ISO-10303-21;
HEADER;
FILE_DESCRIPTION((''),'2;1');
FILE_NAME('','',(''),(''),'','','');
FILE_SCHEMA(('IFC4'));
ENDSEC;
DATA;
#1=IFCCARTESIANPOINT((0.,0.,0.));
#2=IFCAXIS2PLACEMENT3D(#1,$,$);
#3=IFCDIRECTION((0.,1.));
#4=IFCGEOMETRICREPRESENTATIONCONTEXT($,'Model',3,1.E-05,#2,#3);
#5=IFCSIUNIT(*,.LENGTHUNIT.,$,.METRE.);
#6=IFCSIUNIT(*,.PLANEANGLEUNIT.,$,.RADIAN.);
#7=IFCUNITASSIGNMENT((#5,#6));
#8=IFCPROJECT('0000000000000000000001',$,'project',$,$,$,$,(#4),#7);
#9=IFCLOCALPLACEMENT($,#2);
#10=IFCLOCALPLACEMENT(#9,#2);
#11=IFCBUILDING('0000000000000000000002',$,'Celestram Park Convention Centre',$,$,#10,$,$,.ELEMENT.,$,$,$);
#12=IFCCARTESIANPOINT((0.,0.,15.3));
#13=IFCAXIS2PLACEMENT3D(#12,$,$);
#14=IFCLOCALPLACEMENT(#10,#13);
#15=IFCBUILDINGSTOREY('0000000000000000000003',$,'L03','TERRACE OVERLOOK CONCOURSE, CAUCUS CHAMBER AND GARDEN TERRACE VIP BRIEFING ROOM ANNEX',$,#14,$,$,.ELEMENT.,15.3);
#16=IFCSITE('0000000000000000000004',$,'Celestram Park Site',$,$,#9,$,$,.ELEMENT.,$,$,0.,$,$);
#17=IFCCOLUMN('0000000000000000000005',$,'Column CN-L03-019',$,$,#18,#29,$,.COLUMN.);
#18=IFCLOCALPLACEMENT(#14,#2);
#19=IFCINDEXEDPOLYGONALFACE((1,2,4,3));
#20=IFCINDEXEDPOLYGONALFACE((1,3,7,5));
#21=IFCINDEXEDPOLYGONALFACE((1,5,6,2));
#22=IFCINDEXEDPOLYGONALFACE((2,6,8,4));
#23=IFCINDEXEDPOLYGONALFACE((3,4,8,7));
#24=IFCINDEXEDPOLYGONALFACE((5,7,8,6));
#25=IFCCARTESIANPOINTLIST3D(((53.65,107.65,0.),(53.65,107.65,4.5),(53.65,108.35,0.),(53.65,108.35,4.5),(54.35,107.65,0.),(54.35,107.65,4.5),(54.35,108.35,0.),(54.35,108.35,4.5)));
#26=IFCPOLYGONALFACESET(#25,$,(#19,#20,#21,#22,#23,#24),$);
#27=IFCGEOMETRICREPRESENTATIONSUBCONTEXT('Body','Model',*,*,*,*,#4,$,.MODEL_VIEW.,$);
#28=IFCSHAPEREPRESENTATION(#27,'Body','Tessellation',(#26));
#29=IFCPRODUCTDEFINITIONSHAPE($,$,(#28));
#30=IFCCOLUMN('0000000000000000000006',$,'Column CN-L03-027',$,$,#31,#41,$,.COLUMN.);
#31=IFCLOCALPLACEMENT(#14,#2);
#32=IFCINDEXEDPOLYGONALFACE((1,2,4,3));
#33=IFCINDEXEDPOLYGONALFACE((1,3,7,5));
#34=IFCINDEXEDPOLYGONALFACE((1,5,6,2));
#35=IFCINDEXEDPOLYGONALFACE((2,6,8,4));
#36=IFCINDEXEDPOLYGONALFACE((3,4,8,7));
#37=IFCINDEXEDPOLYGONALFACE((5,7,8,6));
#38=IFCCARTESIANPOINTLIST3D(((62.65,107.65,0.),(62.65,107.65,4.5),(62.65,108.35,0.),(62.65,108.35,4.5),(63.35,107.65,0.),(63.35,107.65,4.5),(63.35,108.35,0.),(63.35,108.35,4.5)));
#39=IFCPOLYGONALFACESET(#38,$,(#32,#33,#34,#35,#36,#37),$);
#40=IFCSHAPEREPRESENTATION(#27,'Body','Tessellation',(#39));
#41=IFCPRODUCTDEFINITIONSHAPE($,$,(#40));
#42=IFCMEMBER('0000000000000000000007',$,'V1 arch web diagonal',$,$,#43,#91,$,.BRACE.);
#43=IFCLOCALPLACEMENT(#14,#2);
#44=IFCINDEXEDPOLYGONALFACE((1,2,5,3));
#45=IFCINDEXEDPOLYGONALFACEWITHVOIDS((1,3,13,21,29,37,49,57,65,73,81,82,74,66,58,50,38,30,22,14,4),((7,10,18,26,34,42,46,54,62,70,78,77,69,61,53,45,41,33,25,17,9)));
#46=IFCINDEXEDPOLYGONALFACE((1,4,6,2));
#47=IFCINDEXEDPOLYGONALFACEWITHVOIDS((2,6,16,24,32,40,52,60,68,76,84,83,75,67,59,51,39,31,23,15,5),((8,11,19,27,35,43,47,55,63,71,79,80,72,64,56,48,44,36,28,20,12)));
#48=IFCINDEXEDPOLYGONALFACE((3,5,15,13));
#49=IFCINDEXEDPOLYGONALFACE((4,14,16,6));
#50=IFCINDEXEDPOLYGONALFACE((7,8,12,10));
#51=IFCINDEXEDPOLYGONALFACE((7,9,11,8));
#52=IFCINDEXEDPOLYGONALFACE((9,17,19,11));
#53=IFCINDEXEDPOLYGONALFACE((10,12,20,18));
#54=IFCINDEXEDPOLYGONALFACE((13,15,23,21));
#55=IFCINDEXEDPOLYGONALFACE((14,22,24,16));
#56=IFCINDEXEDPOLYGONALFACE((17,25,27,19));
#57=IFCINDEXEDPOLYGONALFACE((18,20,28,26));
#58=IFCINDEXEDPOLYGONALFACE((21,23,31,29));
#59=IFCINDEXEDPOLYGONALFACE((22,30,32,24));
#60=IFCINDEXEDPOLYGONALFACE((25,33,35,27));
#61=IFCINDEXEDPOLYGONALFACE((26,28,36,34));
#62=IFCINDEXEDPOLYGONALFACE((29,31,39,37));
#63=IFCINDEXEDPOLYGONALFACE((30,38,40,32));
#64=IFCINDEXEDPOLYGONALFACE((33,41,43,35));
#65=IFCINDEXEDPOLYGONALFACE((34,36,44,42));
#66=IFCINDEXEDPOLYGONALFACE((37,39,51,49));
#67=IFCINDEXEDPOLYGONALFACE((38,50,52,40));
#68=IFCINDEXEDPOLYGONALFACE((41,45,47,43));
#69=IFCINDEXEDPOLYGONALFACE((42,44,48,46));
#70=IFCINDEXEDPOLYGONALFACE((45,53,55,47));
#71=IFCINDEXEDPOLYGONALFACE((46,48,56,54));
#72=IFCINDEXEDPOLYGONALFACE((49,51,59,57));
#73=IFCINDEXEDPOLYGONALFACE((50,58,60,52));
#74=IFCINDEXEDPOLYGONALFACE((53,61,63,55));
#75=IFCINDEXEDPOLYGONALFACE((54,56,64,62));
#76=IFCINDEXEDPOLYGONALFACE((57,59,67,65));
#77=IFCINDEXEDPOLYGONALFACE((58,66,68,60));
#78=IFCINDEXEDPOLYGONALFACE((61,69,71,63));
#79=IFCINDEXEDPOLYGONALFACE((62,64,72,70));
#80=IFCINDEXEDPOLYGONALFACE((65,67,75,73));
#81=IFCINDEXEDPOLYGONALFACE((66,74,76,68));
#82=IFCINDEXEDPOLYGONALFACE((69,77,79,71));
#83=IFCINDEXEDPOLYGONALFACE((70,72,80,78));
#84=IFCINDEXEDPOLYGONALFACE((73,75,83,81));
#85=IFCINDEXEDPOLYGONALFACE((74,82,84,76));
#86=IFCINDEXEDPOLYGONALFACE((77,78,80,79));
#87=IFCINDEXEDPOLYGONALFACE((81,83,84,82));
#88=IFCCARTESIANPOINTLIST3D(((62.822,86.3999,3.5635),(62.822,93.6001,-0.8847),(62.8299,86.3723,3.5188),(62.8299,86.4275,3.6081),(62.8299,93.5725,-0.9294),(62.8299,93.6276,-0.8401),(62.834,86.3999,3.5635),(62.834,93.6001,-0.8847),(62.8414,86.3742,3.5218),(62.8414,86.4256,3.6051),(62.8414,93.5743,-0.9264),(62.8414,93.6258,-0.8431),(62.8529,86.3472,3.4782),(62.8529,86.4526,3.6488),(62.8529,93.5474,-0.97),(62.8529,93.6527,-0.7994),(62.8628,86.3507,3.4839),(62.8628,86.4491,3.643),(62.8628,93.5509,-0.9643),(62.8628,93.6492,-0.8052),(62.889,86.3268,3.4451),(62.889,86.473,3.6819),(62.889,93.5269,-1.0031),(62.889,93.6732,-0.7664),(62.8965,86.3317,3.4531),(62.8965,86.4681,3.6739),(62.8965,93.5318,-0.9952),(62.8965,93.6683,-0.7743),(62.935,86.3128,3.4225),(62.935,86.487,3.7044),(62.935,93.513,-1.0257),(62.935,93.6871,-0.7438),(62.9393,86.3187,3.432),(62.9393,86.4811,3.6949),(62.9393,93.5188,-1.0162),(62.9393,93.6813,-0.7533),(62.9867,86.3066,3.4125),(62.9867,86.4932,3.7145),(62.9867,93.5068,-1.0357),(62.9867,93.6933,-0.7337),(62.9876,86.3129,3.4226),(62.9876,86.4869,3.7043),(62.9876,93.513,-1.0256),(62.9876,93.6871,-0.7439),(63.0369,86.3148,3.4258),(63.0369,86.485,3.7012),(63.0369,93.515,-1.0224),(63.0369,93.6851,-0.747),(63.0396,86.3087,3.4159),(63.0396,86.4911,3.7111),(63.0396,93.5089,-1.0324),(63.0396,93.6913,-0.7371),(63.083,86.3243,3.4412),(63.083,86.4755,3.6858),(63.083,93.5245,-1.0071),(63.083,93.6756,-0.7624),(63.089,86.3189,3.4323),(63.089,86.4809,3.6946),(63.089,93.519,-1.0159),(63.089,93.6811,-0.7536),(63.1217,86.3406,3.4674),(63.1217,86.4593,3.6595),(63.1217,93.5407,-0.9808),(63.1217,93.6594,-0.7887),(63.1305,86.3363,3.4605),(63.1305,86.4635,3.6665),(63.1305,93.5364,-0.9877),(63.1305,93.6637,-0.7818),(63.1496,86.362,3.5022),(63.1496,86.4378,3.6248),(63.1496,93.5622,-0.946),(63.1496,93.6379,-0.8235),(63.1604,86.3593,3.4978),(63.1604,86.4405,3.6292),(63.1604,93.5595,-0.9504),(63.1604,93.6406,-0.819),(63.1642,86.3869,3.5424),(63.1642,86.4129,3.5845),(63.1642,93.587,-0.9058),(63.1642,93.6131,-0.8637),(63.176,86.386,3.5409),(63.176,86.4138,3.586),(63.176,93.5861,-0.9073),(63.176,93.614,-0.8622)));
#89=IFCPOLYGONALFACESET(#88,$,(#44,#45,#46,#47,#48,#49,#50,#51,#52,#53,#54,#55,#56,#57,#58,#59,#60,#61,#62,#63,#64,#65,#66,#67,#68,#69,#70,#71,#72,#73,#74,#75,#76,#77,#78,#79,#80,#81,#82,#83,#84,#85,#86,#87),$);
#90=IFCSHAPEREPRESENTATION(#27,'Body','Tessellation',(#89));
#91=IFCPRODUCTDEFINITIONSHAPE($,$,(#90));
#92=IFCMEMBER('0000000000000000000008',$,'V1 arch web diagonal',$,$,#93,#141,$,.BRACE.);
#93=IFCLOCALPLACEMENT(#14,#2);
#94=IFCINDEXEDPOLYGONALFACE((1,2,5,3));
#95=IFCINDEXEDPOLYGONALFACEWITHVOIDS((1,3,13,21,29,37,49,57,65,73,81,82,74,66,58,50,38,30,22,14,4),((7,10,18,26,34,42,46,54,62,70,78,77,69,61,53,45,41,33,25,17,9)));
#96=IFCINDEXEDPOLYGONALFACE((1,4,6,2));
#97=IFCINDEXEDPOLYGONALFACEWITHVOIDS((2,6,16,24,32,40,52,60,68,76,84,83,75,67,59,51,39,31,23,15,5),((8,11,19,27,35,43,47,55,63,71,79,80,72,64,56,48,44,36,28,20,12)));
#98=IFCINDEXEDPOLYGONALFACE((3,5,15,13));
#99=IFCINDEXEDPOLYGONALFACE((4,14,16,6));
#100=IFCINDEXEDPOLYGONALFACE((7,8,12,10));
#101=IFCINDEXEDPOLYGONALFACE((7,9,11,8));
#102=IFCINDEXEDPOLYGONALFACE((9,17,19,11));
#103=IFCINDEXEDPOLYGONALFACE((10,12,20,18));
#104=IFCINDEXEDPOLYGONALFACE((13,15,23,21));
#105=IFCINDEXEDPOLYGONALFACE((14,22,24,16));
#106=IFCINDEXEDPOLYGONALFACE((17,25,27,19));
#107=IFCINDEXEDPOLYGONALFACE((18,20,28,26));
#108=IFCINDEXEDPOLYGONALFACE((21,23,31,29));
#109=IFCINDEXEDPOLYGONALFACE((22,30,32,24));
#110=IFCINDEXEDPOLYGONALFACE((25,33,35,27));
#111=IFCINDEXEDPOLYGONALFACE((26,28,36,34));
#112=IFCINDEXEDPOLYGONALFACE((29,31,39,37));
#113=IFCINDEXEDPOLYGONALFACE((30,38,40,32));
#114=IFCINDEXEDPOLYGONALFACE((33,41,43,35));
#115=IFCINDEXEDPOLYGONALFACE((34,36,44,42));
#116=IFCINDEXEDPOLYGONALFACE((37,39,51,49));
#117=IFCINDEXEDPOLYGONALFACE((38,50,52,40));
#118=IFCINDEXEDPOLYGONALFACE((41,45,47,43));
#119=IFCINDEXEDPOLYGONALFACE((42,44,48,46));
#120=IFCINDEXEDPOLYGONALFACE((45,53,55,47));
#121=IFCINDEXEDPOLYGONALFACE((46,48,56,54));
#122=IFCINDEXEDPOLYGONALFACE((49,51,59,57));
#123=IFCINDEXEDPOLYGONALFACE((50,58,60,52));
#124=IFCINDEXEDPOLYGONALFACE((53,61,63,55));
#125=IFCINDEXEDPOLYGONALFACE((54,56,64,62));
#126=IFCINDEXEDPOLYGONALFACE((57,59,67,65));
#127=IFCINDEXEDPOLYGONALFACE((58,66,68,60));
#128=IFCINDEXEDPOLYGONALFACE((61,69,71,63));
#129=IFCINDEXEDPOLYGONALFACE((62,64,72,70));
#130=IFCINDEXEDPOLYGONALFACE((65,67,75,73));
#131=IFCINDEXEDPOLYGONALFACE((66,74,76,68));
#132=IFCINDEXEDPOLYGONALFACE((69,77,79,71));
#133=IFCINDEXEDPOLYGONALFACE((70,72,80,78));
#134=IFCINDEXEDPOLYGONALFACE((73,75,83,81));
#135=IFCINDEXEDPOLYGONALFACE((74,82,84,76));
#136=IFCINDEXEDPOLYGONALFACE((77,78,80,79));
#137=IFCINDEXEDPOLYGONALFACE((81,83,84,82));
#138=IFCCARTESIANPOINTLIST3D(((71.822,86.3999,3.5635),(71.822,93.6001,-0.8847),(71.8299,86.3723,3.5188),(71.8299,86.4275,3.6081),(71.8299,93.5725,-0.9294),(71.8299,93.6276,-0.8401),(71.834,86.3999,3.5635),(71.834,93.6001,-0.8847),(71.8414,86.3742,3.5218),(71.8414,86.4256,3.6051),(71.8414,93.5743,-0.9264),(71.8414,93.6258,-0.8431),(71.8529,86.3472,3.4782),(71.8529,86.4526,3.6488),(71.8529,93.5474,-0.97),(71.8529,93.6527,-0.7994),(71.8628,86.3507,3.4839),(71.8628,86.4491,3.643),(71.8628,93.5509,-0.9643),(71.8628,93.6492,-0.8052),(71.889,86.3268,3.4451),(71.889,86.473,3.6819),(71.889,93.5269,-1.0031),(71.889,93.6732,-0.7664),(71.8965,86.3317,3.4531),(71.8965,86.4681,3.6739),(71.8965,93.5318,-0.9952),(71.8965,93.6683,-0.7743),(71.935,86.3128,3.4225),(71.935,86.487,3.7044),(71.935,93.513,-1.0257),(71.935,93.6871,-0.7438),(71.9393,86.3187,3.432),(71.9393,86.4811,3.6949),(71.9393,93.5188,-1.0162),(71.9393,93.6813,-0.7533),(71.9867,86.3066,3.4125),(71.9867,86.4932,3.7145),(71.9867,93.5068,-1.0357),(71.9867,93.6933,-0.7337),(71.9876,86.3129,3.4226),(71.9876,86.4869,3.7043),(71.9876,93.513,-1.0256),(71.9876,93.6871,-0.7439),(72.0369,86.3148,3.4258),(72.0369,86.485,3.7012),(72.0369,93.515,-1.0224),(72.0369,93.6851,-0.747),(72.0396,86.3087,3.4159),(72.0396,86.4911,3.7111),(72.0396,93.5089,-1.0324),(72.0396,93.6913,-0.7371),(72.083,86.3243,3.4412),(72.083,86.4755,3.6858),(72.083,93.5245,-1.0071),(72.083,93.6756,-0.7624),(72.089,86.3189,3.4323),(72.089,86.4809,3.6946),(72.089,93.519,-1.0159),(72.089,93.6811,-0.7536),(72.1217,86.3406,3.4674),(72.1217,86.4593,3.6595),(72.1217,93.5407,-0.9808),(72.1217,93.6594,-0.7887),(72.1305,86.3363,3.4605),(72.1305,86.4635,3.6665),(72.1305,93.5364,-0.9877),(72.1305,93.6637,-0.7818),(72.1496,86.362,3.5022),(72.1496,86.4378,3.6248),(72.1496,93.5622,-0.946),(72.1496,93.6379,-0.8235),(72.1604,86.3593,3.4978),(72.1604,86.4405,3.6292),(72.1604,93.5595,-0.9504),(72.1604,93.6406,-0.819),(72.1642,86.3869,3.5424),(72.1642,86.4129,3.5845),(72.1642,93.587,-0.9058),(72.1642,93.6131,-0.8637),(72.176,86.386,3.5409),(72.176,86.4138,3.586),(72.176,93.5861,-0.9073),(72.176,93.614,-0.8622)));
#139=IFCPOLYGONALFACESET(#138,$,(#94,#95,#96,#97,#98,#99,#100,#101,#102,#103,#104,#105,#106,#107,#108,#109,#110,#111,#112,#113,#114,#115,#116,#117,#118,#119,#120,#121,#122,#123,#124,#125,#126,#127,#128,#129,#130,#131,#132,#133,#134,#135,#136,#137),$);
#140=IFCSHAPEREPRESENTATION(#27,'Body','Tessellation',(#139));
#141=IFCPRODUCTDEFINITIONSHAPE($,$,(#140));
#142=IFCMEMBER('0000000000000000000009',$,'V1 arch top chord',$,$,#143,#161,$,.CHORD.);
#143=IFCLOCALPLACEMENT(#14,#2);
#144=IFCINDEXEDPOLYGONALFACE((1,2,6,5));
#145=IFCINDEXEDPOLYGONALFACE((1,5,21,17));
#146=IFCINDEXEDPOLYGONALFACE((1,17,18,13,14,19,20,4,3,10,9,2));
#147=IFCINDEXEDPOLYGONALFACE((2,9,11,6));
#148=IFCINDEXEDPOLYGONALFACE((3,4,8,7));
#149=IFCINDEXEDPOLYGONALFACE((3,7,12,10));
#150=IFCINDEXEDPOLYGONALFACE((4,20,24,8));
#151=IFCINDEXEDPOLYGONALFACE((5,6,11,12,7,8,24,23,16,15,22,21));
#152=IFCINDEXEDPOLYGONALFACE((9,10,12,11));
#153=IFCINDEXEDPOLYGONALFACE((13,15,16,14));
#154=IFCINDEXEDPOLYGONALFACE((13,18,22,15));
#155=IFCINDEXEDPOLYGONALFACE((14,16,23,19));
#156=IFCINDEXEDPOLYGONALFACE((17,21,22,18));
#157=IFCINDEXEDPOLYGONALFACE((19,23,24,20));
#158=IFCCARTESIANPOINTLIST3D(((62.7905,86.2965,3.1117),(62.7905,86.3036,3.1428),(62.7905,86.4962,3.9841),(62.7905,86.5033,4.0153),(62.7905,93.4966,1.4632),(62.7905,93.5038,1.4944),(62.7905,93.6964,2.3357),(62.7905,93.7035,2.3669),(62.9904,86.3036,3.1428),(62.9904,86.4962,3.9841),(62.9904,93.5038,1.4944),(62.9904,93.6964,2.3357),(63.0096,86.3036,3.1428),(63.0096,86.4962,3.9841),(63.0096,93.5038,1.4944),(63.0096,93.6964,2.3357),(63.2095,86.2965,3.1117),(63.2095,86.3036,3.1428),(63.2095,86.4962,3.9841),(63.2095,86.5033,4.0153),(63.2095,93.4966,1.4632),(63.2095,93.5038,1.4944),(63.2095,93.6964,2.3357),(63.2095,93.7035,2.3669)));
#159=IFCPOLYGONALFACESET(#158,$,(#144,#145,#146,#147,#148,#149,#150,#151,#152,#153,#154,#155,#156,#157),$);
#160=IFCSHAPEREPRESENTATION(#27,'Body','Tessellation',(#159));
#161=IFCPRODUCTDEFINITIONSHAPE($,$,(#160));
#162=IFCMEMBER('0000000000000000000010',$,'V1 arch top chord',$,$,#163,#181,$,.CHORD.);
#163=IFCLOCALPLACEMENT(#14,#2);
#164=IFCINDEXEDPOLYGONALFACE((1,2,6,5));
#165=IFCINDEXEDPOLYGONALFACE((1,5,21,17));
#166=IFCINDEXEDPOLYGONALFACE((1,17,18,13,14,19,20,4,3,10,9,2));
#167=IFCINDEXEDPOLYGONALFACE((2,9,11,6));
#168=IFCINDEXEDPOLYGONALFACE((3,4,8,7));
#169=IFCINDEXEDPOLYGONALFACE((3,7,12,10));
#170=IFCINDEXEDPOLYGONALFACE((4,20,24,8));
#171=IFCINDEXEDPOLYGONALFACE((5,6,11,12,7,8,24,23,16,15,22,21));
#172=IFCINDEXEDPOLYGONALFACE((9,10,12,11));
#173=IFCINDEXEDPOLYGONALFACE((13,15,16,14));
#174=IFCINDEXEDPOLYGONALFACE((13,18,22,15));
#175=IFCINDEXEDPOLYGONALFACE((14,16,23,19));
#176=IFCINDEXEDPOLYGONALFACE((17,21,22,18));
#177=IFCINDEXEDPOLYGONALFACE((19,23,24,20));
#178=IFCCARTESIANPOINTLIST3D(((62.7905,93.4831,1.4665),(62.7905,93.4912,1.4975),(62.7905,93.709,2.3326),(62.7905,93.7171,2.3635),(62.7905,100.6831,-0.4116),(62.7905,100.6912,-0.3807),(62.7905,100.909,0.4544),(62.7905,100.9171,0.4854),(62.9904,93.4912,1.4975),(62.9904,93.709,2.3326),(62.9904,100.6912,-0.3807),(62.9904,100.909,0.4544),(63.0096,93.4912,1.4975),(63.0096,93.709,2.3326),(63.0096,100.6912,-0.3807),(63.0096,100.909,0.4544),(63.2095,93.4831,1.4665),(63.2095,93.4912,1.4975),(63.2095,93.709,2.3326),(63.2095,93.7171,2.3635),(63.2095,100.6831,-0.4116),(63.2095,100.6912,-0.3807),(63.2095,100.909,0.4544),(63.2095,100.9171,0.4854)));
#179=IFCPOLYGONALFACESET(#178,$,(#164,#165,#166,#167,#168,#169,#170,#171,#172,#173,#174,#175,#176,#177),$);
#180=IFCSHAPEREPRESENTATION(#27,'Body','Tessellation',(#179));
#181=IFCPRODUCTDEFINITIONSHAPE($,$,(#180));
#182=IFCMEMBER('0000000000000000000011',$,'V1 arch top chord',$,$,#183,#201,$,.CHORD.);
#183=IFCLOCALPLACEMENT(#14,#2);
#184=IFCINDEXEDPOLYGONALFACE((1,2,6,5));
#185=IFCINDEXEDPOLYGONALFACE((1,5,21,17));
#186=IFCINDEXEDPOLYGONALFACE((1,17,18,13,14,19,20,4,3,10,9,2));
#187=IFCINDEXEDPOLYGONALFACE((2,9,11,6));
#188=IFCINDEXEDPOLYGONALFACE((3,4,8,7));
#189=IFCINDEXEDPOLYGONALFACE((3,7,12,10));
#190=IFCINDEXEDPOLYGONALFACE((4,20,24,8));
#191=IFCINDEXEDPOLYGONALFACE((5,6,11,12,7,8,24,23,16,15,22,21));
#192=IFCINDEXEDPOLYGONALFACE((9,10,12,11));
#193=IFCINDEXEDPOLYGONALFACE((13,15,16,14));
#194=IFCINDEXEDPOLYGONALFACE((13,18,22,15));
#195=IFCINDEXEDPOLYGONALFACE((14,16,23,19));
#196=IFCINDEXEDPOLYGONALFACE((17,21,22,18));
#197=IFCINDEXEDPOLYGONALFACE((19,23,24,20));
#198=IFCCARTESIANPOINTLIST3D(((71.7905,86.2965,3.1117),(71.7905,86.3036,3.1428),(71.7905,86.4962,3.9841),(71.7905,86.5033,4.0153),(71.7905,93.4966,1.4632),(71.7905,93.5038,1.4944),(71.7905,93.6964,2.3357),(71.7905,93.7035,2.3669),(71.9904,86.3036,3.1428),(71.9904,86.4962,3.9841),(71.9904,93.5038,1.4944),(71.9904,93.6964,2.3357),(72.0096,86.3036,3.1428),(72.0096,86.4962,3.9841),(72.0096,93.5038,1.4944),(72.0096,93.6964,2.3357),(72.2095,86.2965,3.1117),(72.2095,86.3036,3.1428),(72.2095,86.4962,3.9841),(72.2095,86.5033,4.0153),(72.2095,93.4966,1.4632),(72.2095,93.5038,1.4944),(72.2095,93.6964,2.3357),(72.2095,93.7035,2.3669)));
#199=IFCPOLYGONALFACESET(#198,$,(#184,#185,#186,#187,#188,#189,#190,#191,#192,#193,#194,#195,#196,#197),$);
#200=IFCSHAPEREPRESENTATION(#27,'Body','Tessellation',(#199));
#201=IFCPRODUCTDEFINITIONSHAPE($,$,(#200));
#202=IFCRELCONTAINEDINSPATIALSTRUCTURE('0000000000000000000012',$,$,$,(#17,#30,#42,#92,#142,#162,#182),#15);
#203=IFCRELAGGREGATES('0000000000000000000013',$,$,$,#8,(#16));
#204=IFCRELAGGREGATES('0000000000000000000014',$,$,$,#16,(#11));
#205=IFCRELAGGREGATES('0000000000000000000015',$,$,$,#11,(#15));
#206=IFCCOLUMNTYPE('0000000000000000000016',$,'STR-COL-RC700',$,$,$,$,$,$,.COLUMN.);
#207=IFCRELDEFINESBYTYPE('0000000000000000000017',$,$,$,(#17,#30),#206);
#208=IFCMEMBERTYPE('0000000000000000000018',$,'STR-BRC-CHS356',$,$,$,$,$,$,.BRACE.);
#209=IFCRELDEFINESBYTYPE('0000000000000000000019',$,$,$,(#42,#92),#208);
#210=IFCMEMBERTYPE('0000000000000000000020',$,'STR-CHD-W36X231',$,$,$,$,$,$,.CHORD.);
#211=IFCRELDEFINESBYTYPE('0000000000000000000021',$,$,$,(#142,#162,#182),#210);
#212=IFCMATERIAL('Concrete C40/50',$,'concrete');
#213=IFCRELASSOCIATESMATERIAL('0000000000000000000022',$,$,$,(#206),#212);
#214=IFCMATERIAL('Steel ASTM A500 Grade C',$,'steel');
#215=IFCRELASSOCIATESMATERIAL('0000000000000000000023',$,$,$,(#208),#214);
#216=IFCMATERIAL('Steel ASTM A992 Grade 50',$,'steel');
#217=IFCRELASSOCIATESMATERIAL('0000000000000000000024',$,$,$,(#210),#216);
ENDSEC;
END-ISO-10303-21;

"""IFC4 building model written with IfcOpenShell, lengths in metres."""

from ifc_helpers import new_model, si_unit, direction, frame, origin, origin_2d, place, context, subcontext, project, spatial, rectangle, hollow_circle, i_section, extrude, material, material_profile, profile_set, type_object, element, save


model = new_model("IFC4")

# Units and contexts
model_context = context("Model", 3, precision=1e-05, world=origin(), true_north=direction((0.0, 1.0)))
body_context = subcontext(model_context, "Body", "Model", "MODEL_VIEW")
ifc_project = project(units=[si_unit("LENGTHUNIT", "METRE"), si_unit("PLANEANGLEUNIT", "RADIAN")], contexts=[model_context])

# Site, building, storey
site_placement = place(None, origin())
site = spatial("IfcSite", under=ifc_project, at=site_placement, Name="Celestram Park Site", CompositionType="ELEMENT", RefElevation=0.0)
building_placement = place(site_placement, origin())
building = spatial("IfcBuilding", under=site, at=building_placement, Name="Celestram Park Convention Centre", CompositionType="ELEMENT")
storey_placement = place(building_placement, frame((0.0, 0.0, 15.3)))
storey = spatial("IfcBuildingStorey", under=building, at=storey_placement, Name="L03", Description="TERRACE OVERLOOK CONCOURSE, CAUCUS CHAMBER AND GARDEN TERRACE VIP BRIEFING ROOM ANNEX", CompositionType="ELEMENT", Elevation=15.3)

# Columns
ifc_material_1 = material(Name="Concrete C40/50", Category="concrete")
ifc_material_profile_1 = material_profile(ifc_material_1, rectangle(XDim=0.7, YDim=0.7, at=origin_2d()), Name="RC700X700")
ifc_profile_set_1 = profile_set([ifc_material_profile_1], Name="Concrete C40/50")
column_type = type_object("IfcColumnType", Name="STR-COL-RC700", PredefinedType="COLUMN", material=ifc_profile_set_1)
for number, where, z_axis, x_axis, name in (
    (1, (54.0, 108.0, 0.0), (0.0, 0.0, 1.0), (1.0, 0.0, 0.0), "Column CN-L03-019"),
    (2, (63.0, 108.0, 0.0), (0.0, 0.0, 1.0), (1.0, 0.0, 0.0), "Column CN-L03-027"),
):
    element("IfcColumn", number, at=place(storey_placement, frame(where, z_axis=z_axis, x_axis=x_axis)), inside=storey, type_object=column_type, Name=name, PredefinedType="COLUMN", context=body_context, shape_type="SweptSolid", body=[
        extrude(rectangle(XDim=0.7, YDim=0.7, at=origin_2d()), origin(), (0.0, 0.0, 1.0), 4.5),
    ])

# Members
ifc_material_2 = material(Name="Steel ASTM A500 Grade C", Category="steel")
ifc_material_profile_2 = material_profile(ifc_material_2, hollow_circle(Radius=0.178, WallThickness=0.012, at=origin_2d()), Name="CHS356X12")
ifc_profile_set_2 = profile_set([ifc_material_profile_2], Name="Steel ASTM A500 Grade C")
member_type_1 = type_object("IfcMemberType", Name="STR-BRC-CHS356", PredefinedType="BRACE", material=ifc_profile_set_2)
for number, where, z_axis, x_axis, name in (
    (3, (63.0, 86.3999, 3.5635), (0.0, 0.850742, -0.525584), (-1.0, 0.0, 0.0), "V1 arch web diagonal"),
    (4, (72.0, 86.3999, 3.5635), (0.0, 0.850742, -0.525584), (-1.0, 0.0, 0.0), "V1 arch web diagonal"),
):
    element("IfcMember", number, at=place(storey_placement, frame(where, z_axis=z_axis, x_axis=x_axis)), inside=storey, type_object=member_type_1, Name=name, PredefinedType="BRACE", context=body_context, shape_type="SweptSolid", body=[
        extrude(hollow_circle(Radius=0.178, WallThickness=0.012, at=origin_2d()), origin(), (0.0, 0.0, 1.0), 8.4634),
    ])
ifc_material_3 = material(Name="Steel ASTM A992 Grade 50", Category="steel")
ifc_material_profile_3 = material_profile(ifc_material_3, i_section(OverallWidth=0.4189, OverallDepth=0.927, WebThickness=0.0193, FlangeThickness=0.032, at=origin_2d()), Name="W36X231")
ifc_profile_set_3 = profile_set([ifc_material_profile_3], Name="Steel ASTM A992 Grade 50")
member_type_2 = type_object("IfcMemberType", Name="STR-CHD-W36X231", PredefinedType="CHORD", material=ifc_profile_set_3)
member_1_placement = place(storey_placement, frame((63.0, 86.3999, 3.5635), z_axis=(0.0, 0.97478, -0.223169), x_axis=(-1.0, 0.0, 0.0)))
element("IfcMember", 5, at=member_1_placement, inside=storey, type_object=member_type_2, Name="V1 arch top chord", PredefinedType="CHORD", context=body_context, shape_type="SweptSolid", body=[
    extrude(i_section(OverallWidth=0.4189, OverallDepth=0.927, WebThickness=0.0193, FlangeThickness=0.032, at=origin_2d()), origin(), (0.0, 0.0, 1.0), 7.3865),
])
member_2_placement = place(storey_placement, frame((63.0, 93.6001, 1.915), z_axis=(0.0, 0.96762, -0.252413), x_axis=(-1.0, 0.0, 0.0)))
element("IfcMember", 6, at=member_2_placement, inside=storey, type_object=member_type_2, Name="V1 arch top chord", PredefinedType="CHORD", context=body_context, shape_type="SweptSolid", body=[
    extrude(i_section(OverallWidth=0.4189, OverallDepth=0.927, WebThickness=0.0193, FlangeThickness=0.032, at=origin_2d()), origin(), (0.0, 0.0, 1.0), 7.4409),
])
member_3_placement = place(storey_placement, frame((72.0, 86.3999, 3.5635), z_axis=(0.0, 0.97478, -0.223169), x_axis=(-1.0, 0.0, 0.0)))
element("IfcMember", 7, at=member_3_placement, inside=storey, type_object=member_type_2, Name="V1 arch top chord", PredefinedType="CHORD", context=body_context, shape_type="SweptSolid", body=[
    extrude(i_section(OverallWidth=0.4189, OverallDepth=0.927, WebThickness=0.0193, FlangeThickness=0.032, at=origin_2d()), origin(), (0.0, 0.0, 1.0), 7.3865),
])

save(model, "model.ifc")
